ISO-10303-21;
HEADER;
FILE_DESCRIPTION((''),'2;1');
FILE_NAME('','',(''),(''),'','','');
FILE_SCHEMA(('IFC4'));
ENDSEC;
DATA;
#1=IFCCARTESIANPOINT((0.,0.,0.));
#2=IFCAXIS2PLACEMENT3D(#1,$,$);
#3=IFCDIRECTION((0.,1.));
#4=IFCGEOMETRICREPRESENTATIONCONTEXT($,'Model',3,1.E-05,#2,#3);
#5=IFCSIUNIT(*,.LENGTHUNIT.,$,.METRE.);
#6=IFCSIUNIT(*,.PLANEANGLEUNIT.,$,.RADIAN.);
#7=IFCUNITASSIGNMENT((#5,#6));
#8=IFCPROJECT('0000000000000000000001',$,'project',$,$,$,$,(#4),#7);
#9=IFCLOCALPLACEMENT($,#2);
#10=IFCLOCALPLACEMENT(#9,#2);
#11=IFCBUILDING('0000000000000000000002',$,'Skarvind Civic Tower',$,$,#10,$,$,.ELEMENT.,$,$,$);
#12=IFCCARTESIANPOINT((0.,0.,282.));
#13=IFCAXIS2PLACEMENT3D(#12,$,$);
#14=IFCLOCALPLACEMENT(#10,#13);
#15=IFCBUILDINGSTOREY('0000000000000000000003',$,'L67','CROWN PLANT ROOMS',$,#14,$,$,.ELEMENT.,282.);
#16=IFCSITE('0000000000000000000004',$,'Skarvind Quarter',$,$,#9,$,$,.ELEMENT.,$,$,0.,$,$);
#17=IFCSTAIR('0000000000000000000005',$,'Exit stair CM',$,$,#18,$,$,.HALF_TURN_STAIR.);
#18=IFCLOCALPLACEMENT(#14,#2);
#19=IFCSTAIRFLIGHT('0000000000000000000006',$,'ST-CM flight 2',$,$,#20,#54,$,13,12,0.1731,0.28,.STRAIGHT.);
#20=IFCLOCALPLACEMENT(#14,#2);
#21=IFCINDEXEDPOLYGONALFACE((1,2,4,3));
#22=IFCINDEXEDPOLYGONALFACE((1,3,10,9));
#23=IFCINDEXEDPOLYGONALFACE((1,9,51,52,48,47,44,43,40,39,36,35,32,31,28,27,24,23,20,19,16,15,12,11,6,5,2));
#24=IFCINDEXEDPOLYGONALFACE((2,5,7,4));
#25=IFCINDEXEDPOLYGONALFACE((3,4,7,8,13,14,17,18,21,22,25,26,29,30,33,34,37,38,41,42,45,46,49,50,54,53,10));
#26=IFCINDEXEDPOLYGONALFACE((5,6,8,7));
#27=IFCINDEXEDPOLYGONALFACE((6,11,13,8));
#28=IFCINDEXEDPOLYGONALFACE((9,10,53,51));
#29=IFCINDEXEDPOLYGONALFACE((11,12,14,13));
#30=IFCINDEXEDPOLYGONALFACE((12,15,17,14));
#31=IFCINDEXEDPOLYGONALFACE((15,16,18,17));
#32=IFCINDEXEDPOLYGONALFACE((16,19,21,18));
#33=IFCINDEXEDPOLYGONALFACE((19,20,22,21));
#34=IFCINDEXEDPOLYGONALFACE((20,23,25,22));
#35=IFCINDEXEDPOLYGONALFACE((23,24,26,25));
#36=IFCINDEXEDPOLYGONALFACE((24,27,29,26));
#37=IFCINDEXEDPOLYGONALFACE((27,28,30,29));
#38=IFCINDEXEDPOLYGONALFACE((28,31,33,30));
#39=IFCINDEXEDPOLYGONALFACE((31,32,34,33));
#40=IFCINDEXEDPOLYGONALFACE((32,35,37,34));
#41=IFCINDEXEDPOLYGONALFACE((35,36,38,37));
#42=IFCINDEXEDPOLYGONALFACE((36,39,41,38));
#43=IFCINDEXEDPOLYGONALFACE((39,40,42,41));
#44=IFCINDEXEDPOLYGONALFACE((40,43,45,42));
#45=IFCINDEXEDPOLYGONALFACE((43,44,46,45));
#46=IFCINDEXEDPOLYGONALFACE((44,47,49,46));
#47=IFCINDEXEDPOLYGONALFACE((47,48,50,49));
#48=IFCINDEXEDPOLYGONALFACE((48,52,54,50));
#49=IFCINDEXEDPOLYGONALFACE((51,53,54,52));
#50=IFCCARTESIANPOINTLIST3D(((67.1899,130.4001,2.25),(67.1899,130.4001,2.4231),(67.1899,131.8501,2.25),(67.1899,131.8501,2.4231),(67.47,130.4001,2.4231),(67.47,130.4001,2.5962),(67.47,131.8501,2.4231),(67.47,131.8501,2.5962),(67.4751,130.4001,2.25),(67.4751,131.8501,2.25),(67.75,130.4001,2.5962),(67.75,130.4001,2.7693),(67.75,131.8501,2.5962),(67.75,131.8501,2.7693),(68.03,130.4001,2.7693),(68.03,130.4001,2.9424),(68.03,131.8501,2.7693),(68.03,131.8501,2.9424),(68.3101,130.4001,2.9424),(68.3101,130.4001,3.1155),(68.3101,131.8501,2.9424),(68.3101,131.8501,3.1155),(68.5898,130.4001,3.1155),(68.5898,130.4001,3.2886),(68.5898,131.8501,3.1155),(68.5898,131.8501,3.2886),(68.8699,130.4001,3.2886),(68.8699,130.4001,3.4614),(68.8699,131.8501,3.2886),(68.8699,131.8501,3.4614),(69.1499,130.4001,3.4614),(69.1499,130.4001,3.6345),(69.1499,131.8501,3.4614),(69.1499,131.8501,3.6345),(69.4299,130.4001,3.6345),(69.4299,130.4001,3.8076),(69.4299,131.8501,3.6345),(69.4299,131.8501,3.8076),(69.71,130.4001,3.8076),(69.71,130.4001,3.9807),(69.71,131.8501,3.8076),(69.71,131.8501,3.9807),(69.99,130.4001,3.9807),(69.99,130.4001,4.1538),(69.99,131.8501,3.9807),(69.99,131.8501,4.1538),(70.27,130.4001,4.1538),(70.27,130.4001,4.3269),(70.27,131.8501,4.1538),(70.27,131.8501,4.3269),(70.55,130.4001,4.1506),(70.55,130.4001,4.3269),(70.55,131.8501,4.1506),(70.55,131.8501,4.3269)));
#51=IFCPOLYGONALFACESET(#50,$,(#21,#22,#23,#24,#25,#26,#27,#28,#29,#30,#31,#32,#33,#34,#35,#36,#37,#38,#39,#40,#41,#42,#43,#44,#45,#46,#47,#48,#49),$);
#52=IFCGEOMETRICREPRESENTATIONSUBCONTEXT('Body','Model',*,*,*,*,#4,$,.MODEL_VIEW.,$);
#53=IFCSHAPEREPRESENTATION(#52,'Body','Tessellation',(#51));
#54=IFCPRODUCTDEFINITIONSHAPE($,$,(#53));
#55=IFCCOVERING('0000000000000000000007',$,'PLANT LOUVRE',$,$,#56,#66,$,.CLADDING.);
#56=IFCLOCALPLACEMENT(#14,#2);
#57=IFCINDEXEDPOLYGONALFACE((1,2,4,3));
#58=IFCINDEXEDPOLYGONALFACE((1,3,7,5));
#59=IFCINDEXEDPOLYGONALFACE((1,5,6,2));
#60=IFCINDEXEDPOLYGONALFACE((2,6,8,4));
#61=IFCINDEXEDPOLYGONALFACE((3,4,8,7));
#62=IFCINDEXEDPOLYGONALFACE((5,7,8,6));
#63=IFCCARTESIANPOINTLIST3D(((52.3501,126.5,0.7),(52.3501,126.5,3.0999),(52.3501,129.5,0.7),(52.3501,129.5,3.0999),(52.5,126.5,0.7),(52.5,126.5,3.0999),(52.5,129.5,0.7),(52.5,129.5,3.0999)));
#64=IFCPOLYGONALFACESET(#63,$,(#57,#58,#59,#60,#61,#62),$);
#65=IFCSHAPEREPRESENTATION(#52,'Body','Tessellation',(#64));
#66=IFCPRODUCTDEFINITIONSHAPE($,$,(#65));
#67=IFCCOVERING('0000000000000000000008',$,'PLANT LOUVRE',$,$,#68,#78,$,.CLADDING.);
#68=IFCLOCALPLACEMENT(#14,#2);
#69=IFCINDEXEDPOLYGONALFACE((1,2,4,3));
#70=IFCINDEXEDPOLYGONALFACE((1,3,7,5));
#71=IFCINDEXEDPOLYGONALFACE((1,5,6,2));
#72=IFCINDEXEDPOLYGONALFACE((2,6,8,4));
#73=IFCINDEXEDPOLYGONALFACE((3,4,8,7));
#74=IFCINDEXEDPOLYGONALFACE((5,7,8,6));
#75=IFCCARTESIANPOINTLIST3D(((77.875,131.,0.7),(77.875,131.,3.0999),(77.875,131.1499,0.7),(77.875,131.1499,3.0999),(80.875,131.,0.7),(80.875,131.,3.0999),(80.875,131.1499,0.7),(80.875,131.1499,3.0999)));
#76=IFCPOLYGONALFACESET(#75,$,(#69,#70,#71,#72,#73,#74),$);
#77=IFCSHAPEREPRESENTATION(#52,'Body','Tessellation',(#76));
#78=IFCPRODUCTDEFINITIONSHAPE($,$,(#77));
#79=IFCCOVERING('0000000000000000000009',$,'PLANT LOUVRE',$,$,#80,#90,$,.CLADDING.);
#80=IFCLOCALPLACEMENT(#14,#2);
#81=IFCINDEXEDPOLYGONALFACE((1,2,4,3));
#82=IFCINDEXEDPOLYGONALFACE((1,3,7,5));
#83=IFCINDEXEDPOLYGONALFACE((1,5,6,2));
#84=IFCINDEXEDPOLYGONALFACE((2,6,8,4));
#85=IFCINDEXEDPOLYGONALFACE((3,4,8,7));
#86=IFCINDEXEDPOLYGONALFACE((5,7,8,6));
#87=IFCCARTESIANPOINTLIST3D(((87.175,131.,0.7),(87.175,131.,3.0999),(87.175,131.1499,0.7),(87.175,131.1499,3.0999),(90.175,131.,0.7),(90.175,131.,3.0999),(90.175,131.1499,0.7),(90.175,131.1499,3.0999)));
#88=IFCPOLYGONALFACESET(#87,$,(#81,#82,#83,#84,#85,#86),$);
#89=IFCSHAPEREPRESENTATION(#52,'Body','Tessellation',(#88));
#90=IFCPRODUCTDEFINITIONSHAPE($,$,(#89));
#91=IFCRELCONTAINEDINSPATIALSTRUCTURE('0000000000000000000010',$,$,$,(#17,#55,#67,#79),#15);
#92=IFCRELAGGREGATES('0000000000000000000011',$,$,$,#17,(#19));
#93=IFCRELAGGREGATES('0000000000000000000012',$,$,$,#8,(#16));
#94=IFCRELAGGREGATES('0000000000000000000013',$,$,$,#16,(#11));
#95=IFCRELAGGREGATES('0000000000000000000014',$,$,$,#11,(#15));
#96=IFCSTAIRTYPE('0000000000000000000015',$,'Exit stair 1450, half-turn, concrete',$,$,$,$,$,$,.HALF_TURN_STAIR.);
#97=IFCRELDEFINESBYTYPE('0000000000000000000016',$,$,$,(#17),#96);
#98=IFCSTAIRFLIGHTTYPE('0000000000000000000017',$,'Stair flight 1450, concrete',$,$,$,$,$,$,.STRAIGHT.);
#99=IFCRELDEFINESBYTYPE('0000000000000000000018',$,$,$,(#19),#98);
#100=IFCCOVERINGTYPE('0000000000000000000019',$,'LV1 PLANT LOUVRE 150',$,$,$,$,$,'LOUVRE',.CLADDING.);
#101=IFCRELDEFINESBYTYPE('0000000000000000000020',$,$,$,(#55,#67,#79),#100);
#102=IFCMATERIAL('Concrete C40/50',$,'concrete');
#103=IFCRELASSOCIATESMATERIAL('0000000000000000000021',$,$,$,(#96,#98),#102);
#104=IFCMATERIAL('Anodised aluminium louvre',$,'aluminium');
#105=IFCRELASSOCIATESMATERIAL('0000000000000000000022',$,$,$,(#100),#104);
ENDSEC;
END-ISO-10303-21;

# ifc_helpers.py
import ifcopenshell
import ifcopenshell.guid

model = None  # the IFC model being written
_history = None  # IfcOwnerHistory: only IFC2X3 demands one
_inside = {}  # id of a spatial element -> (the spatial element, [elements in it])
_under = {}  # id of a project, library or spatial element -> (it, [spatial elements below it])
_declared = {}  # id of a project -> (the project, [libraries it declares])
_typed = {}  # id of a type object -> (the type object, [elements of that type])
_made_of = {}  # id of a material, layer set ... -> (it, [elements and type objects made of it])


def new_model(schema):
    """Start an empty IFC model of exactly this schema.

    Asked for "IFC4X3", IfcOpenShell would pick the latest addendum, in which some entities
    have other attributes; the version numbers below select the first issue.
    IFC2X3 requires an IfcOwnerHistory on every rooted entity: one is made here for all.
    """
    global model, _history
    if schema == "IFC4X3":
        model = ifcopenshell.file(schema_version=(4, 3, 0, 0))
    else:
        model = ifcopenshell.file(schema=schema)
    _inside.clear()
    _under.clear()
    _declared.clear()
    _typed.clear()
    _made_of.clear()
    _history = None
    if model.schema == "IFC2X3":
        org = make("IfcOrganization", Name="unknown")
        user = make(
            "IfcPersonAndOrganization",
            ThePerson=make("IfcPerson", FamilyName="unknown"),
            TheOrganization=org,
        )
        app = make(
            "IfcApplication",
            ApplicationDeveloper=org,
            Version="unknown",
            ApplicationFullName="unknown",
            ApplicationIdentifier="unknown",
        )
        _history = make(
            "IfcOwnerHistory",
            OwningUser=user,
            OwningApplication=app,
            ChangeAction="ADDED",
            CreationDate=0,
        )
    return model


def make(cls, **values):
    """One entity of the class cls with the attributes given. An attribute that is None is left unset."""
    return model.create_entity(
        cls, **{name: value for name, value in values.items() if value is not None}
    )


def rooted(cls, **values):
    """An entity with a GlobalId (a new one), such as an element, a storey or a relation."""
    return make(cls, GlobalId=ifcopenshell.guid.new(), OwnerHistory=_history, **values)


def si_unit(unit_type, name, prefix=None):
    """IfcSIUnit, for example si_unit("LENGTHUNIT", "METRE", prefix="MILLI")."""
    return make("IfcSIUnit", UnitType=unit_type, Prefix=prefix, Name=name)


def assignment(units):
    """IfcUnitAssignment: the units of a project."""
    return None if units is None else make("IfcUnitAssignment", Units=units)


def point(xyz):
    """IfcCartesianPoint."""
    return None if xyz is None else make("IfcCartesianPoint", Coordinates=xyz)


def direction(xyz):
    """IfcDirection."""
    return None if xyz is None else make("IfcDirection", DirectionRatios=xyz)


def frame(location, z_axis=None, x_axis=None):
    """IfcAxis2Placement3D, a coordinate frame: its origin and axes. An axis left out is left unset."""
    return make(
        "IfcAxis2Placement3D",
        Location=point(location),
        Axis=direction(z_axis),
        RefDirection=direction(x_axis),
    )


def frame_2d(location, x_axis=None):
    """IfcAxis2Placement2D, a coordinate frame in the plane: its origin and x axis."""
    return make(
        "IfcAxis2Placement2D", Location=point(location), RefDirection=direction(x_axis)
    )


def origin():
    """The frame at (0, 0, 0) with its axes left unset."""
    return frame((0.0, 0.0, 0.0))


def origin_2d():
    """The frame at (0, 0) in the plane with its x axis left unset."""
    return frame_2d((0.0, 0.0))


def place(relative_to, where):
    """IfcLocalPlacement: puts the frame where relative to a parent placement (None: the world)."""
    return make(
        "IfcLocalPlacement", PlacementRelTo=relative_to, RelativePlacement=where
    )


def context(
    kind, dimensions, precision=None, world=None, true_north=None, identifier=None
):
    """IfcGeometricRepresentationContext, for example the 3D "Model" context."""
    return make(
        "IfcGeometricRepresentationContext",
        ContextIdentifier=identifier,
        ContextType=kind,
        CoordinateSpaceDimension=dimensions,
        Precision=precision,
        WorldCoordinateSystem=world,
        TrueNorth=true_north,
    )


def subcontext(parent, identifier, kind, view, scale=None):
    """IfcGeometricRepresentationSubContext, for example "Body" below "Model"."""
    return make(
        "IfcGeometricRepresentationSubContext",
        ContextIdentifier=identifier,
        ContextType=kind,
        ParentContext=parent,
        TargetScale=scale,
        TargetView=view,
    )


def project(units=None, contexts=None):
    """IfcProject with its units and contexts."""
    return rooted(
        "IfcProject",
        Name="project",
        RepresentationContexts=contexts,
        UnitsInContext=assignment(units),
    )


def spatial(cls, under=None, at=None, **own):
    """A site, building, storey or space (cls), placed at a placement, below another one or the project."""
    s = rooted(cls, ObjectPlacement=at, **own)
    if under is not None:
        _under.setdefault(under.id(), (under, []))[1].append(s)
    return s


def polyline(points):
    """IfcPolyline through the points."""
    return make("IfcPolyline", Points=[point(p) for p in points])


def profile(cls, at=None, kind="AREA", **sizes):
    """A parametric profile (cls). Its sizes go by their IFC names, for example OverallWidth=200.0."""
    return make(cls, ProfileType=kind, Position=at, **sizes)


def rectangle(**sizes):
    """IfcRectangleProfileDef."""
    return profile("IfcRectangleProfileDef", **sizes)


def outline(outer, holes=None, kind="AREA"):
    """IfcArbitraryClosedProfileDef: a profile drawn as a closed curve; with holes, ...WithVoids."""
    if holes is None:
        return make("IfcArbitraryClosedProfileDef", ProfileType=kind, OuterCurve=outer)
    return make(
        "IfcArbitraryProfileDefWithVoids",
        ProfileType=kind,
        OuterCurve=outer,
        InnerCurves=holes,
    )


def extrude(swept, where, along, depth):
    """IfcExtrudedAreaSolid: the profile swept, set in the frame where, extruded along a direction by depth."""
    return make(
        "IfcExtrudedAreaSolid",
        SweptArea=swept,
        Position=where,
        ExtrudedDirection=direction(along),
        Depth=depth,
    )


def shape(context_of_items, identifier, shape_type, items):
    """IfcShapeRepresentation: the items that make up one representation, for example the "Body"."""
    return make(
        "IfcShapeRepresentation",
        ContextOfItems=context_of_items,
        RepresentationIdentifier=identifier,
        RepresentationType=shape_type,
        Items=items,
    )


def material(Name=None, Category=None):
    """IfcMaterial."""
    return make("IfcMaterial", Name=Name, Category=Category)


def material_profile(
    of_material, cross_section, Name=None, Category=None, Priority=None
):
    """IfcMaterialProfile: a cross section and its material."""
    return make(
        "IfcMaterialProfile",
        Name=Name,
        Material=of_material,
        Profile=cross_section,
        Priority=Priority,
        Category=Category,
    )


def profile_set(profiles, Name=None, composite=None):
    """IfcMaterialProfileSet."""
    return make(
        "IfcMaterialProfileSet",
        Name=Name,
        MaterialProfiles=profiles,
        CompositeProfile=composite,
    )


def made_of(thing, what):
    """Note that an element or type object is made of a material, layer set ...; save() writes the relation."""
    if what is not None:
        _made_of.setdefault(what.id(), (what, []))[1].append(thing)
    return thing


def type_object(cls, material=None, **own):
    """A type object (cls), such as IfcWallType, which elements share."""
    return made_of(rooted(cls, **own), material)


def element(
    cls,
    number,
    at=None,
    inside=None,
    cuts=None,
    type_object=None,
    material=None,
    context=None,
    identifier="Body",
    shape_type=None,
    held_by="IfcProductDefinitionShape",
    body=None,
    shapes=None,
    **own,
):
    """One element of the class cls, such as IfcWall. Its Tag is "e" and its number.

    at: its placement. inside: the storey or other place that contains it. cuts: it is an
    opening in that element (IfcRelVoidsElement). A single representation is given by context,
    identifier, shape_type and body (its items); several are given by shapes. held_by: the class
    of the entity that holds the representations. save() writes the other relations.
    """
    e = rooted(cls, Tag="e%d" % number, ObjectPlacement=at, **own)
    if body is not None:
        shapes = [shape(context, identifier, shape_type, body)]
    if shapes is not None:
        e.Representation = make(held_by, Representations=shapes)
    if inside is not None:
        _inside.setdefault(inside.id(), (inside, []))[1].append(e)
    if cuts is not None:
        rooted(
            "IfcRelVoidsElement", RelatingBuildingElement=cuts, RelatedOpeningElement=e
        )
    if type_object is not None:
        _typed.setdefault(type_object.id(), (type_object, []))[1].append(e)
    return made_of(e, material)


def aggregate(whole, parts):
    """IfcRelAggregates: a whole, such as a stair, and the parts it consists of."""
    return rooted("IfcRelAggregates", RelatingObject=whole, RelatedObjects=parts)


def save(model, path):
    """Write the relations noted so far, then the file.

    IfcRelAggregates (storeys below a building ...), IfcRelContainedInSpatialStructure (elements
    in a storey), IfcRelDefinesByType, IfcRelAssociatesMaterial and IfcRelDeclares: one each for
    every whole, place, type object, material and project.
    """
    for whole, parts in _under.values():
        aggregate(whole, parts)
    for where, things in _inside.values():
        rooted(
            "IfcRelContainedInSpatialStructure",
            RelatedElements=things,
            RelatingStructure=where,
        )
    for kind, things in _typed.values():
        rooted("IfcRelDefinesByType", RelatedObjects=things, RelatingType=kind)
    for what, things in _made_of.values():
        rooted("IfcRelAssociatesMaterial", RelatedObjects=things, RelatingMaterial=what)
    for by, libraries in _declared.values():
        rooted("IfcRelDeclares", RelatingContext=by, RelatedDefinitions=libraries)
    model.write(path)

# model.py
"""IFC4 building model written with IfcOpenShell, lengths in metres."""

from ifc_helpers import new_model, si_unit, direction, frame, origin, origin_2d, place, context, subcontext, project, spatial, polyline, rectangle, outline, extrude, material, material_profile, profile_set, type_object, element, aggregate, save


model = new_model("IFC4")

# Units and contexts
model_context = context("Model", 3, precision=1e-05, world=origin(), true_north=direction((0.0, 1.0)))
body_context = subcontext(model_context, "Body", "Model", "MODEL_VIEW")
ifc_project = project(units=[si_unit("LENGTHUNIT", "METRE"), si_unit("PLANEANGLEUNIT", "RADIAN")], contexts=[model_context])

# Site, building, storey
site_placement = place(None, origin())
site = spatial("IfcSite", under=ifc_project, at=site_placement, Name="Skarvind Quarter", CompositionType="ELEMENT", RefElevation=0.0)
building_placement = place(site_placement, origin())
building = spatial("IfcBuilding", under=site, at=building_placement, Name="Skarvind Civic Tower", CompositionType="ELEMENT")
storey_placement = place(building_placement, frame((0.0, 0.0, 282.0)))
storey = spatial("IfcBuildingStorey", under=building, at=storey_placement, Name="L67", Description="CROWN PLANT ROOMS", CompositionType="ELEMENT", Elevation=282.0)

# Stair, stair flight
ifc_material_1 = material(Name="Concrete C40/50", Category="concrete")
stair_type = type_object("IfcStairType", Name="Exit stair 1450, half-turn, concrete", PredefinedType="HALF_TURN_STAIR", material=ifc_material_1)
stair_placement = place(storey_placement, origin())
stair = element("IfcStair", 1, at=stair_placement, inside=storey, type_object=stair_type, Name="Exit stair CM", PredefinedType="HALF_TURN_STAIR")
stair_flight_type = type_object("IfcStairFlightType", Name="Stair flight 1450, concrete", PredefinedType="STRAIGHT", material=ifc_material_1)
stair_flight_1_placement = place(storey_placement, frame((67.1899, 131.125, 2.25), z_axis=(0.0, 0.0, 1.0), x_axis=(1.0, 0.0, 0.0)))
stair_flight_1 = element("IfcStairFlight", 2, at=stair_flight_1_placement, type_object=stair_flight_type, Name="ST-CM flight 2", NumberOfRisers=13, NumberOfTreads=12, PredefinedType="STRAIGHT", RiserHeight=0.1731, TreadLength=0.28, context=body_context, shape_type="SweptSolid", body=[
    extrude(outline(polyline([(0.0, 0.0), (0.0, 0.1731), (0.28, 0.1731), (0.28, 0.3462), (0.5601, 0.3462), (0.5601, 0.5193), (0.8401, 0.5193), (0.8401, 0.6924), (1.1201, 0.6924), (1.1201, 0.8655), (1.3999, 0.8655), (1.3999, 1.0386), (1.6799, 1.0386), (1.6799, 1.2114), (1.96, 1.2114), (1.96, 1.3845), (2.24, 1.3845), (2.24, 1.5576), (2.52, 1.5576), (2.52, 1.7307), (2.8, 1.7307), (2.8, 1.9038), (3.0801, 1.9038), (3.0801, 2.0769), (3.3601, 2.0769), (3.3601, 2.25), (3.3601, 1.9006), (0.2852, 0.0), (0.0, 0.0)])), frame((0.0, 0.7251, 0.0), z_axis=(0.0, -1.0, 0.0), x_axis=(1.0, 0.0, 0.0)), (0.0, 0.0, 1.0), 1.45),
])
aggregate(stair, [stair_flight_1])

# Coverings
ifc_material_2 = material(Name="Anodised aluminium louvre", Category="aluminium")
ifc_material_profile_1 = material_profile(ifc_material_2, rectangle(XDim=3.0, YDim=2.3999, at=origin_2d()), Name="LOUVRE 3000 x 2400")
ifc_profile_set_1 = profile_set([ifc_material_profile_1], Name="Anodised aluminium louvre")
covering_type = type_object("IfcCoveringType", Name="LV1 PLANT LOUVRE 150", ElementType="LOUVRE", PredefinedType="CLADDING", material=ifc_profile_set_1)
for number, where, z_axis, x_axis, name in (
    (3, (52.5, 128.0, 1.8999), (-1.0, 0.0, 0.0), (0.0, -1.0, 0.0), "PLANT LOUVRE"),
    (4, (79.375, 131.0, 1.8999), (0.0, 1.0, 0.0), (-1.0, 0.0, 0.0), "PLANT LOUVRE"),
    (5, (88.675, 131.0, 1.8999), (0.0, 1.0, 0.0), (-1.0, 0.0, 0.0), "PLANT LOUVRE"),
):
    element("IfcCovering", number, at=place(storey_placement, frame(where, z_axis=z_axis, x_axis=x_axis)), inside=storey, type_object=covering_type, Name=name, PredefinedType="CLADDING", context=body_context, shape_type="SweptSolid", body=[
        extrude(rectangle(XDim=3.0, YDim=2.3999, at=origin_2d()), origin(), (0.0, 0.0, 1.0), 0.1499),
    ])

save(model, "model.ifc")
